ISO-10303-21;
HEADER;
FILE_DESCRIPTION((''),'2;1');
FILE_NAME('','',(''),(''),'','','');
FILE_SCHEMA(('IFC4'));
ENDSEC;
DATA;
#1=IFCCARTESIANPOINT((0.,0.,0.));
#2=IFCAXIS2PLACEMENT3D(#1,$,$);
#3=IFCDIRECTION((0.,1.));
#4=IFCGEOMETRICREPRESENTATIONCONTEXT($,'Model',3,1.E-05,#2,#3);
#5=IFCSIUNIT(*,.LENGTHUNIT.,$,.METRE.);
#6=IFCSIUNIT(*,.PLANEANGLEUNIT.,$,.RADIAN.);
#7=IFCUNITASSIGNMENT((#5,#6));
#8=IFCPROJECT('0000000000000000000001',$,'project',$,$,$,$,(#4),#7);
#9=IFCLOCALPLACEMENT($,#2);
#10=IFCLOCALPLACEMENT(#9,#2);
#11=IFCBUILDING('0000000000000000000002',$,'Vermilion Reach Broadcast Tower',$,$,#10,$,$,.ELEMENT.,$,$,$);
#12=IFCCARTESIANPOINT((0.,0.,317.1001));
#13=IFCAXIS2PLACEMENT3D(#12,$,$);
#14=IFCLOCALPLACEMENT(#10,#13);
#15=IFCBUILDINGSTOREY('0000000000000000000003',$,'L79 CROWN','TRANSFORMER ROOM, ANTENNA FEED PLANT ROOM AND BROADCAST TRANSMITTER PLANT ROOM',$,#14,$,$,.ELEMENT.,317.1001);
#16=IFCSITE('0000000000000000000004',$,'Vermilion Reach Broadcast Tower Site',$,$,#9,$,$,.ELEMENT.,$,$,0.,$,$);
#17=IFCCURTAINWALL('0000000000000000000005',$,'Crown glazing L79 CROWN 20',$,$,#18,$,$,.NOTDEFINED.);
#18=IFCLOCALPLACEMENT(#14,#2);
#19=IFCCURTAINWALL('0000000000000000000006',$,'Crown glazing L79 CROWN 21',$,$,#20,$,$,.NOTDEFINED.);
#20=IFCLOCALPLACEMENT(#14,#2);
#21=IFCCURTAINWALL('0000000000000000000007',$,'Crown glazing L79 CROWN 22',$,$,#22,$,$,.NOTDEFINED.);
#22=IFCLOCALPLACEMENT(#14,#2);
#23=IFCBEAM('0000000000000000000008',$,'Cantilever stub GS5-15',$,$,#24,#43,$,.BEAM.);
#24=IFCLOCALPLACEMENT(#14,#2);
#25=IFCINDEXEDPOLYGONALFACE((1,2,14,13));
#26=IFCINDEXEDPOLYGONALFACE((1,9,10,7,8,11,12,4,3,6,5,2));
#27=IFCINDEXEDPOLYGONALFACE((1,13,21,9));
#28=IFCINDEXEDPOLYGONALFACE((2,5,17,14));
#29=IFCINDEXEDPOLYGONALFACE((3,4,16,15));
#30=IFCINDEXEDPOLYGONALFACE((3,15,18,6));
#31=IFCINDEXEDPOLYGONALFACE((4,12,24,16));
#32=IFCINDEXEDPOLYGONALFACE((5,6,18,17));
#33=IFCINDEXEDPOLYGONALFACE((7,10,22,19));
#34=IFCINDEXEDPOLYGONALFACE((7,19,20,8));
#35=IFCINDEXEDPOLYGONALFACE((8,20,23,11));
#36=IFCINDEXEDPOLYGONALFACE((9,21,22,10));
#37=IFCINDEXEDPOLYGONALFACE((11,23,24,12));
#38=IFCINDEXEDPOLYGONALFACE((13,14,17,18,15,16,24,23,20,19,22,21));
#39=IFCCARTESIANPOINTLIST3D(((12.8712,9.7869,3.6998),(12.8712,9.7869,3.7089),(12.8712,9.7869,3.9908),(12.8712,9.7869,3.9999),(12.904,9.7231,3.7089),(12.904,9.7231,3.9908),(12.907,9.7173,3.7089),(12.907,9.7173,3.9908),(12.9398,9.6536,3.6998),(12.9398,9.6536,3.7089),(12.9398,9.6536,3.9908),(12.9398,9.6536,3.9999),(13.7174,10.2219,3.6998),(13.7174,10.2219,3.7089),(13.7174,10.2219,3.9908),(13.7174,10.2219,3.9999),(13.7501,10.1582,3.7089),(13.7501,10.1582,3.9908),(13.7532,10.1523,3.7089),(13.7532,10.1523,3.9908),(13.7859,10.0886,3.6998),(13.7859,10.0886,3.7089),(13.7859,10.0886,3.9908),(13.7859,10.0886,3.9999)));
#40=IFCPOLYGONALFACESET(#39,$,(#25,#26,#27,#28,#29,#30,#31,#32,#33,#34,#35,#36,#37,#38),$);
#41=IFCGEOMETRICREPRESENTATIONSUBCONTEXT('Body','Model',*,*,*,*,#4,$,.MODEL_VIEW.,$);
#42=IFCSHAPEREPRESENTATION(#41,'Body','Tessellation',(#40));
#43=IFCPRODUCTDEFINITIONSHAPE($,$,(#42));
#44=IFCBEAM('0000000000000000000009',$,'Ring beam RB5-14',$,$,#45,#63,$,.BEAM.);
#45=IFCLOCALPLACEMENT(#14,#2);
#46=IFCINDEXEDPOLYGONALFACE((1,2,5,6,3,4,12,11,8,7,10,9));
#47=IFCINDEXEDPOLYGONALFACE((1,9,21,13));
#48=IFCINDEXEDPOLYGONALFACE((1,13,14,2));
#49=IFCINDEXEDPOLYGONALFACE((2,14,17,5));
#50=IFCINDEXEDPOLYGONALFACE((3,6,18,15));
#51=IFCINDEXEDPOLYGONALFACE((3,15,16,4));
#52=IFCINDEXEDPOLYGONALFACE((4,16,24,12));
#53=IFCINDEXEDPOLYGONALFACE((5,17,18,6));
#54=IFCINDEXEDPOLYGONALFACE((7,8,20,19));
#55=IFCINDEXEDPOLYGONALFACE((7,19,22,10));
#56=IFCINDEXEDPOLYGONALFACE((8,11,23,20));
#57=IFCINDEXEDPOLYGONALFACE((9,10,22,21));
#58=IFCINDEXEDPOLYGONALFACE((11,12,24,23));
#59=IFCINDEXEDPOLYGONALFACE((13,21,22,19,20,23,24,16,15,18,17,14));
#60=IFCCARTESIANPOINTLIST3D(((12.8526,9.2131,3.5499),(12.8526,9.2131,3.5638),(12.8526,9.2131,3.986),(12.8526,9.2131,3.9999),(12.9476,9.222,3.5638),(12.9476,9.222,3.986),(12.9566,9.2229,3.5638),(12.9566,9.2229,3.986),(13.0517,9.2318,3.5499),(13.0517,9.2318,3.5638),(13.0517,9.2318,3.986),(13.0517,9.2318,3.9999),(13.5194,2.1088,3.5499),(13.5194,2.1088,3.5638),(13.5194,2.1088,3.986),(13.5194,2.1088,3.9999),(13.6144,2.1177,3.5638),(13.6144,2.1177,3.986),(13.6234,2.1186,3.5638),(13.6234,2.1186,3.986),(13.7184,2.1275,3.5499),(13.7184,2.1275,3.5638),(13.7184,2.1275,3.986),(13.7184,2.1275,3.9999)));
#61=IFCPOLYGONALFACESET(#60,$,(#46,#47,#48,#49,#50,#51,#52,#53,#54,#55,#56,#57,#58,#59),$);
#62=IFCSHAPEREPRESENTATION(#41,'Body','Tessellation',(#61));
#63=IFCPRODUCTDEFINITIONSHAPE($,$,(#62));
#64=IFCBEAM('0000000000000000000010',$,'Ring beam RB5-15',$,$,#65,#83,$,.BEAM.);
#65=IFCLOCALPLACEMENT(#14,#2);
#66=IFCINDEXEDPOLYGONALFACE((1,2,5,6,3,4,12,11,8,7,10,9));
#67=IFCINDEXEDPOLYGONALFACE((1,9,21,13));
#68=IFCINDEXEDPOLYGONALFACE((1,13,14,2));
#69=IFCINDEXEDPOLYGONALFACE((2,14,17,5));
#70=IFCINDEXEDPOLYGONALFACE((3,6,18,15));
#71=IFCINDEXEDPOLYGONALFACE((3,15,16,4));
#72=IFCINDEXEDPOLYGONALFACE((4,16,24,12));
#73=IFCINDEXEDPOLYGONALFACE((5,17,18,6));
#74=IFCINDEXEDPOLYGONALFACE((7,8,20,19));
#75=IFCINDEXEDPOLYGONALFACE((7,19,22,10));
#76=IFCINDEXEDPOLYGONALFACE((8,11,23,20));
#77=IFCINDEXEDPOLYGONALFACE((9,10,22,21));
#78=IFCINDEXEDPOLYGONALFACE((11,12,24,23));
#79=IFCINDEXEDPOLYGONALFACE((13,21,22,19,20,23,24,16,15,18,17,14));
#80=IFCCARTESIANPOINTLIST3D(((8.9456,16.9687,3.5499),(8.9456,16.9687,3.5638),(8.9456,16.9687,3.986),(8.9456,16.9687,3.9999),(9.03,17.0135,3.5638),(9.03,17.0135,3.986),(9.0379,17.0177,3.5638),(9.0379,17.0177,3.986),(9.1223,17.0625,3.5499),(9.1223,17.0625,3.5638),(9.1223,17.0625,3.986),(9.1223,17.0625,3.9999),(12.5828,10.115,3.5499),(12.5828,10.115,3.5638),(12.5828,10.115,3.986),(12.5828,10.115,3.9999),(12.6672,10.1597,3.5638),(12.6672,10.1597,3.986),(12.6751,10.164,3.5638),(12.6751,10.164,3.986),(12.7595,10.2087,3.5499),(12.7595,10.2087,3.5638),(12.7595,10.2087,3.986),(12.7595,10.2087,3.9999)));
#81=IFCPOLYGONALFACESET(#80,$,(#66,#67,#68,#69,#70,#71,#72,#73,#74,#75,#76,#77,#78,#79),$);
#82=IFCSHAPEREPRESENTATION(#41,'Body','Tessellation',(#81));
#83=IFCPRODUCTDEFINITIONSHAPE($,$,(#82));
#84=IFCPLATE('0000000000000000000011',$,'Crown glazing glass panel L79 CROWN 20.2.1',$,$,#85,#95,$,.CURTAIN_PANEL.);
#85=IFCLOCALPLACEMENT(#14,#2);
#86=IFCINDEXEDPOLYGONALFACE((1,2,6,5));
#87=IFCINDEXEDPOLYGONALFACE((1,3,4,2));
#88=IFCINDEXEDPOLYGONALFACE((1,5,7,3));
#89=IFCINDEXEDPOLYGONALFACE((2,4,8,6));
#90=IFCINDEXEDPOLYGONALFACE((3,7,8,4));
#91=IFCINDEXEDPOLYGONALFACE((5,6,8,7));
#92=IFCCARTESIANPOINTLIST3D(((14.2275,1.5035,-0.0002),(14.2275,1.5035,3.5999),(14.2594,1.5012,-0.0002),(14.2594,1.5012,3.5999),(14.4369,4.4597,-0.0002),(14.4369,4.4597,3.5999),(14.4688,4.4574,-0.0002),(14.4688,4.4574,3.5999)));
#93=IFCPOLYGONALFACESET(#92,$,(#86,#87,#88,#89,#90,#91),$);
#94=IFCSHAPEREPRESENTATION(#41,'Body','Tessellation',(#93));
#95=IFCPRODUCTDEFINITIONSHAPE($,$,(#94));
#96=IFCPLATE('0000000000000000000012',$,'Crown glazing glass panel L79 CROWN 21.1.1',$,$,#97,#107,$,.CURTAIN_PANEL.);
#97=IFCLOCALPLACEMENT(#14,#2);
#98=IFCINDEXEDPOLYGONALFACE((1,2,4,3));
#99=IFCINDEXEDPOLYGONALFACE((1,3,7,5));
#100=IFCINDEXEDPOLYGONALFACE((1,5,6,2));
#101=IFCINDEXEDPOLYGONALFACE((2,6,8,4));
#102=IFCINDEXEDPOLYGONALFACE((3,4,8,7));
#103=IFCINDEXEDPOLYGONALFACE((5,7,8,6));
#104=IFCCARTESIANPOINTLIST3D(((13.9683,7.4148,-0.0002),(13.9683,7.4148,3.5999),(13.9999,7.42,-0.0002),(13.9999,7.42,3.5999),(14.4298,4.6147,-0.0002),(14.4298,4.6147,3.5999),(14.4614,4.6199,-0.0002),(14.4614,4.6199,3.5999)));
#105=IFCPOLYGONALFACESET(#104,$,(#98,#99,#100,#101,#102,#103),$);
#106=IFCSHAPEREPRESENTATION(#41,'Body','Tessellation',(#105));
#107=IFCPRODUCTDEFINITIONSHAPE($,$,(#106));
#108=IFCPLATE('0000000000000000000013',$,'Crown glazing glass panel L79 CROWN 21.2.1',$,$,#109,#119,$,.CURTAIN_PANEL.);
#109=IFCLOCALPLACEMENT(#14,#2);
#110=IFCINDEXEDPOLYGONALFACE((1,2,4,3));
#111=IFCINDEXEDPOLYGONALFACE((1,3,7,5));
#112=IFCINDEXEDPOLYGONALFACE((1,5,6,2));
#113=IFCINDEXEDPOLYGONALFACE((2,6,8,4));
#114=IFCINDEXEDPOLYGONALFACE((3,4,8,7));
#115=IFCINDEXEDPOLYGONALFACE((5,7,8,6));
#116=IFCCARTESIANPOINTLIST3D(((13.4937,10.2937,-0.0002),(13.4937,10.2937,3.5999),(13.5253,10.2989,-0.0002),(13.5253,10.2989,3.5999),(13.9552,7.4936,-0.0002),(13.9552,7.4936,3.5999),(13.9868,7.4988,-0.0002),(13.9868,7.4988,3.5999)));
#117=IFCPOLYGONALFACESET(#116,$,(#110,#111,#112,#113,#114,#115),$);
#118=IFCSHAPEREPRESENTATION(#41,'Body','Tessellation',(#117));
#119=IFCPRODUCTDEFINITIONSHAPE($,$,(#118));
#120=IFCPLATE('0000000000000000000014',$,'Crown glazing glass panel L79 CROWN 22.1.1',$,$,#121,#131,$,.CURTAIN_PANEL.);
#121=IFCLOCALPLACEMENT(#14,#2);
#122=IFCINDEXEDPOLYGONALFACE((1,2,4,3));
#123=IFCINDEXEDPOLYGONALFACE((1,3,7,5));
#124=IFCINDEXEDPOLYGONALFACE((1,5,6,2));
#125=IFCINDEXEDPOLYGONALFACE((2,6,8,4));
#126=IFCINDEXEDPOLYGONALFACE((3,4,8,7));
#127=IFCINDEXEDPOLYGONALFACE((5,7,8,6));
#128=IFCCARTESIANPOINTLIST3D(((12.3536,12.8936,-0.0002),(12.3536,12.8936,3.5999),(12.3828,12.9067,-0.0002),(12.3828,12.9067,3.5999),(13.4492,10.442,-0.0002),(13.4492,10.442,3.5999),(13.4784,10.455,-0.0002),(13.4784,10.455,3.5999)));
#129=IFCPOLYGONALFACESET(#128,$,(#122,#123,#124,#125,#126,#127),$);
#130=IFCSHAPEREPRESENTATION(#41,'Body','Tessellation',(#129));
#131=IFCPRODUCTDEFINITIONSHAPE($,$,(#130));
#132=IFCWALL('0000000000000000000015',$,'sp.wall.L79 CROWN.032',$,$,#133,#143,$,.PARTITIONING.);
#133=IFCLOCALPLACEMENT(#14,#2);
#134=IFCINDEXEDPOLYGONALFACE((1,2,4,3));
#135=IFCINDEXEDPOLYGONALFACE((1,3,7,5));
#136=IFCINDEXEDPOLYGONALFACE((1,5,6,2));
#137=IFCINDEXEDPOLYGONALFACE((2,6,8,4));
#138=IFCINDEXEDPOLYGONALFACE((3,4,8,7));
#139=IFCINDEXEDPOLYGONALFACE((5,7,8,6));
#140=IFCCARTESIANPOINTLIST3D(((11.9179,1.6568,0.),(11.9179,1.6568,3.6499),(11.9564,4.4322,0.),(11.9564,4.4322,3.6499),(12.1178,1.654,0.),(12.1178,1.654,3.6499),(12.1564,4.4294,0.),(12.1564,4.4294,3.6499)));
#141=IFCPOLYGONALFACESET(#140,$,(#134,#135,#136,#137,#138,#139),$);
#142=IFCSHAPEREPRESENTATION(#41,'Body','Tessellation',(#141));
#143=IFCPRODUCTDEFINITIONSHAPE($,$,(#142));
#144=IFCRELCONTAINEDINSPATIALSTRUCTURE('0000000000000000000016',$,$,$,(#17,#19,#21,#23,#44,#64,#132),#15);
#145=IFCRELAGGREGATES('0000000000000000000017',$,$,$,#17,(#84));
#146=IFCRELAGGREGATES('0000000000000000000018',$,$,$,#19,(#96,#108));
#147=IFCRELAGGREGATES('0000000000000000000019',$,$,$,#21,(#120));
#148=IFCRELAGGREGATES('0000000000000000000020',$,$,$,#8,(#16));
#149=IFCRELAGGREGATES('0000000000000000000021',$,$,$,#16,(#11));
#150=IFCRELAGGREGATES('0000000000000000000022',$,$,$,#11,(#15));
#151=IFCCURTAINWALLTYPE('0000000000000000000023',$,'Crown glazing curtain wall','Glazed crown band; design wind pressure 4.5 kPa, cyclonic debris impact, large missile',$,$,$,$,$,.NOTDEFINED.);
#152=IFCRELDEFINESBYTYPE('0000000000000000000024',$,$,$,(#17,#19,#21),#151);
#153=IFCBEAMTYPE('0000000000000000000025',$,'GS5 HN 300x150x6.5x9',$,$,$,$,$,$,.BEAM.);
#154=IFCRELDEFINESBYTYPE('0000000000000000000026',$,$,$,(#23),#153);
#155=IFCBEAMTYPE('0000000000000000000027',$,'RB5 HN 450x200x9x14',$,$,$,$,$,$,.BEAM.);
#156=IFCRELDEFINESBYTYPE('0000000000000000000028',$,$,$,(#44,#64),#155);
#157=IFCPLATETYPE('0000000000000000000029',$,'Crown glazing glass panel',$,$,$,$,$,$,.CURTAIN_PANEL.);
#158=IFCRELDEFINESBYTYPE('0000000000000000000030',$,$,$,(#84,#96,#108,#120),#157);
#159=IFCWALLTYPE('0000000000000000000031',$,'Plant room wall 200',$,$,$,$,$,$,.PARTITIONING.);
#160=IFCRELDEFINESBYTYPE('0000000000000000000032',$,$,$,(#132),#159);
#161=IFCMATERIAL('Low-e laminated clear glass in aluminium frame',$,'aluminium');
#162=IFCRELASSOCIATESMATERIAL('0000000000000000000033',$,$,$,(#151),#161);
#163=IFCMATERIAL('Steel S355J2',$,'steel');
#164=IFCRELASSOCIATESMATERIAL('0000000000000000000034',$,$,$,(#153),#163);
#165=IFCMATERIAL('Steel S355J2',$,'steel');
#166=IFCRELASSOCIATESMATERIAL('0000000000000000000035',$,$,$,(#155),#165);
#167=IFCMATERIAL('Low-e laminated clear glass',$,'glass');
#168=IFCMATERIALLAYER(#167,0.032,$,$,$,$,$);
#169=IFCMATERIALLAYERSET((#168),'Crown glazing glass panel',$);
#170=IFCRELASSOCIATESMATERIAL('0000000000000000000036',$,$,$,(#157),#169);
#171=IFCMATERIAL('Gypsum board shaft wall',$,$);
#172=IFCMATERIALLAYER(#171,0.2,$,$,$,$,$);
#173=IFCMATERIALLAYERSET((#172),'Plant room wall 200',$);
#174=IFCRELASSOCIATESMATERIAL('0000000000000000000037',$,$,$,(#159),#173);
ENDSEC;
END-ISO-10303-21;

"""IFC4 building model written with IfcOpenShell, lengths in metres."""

from ifc_helpers import new_model, si_unit, direction, frame, frame_2d, origin, origin_2d, place, context, subcontext, project, spatial, rectangle, i_section, extrude, material, layer, layer_set, material_profile, profile_set, type_object, element, aggregate, save


model = new_model("IFC4")

# Units and contexts
model_context = context("Model", 3, precision=1e-05, world=origin(), true_north=direction((0.0, 1.0)))
body_context = subcontext(model_context, "Body", "Model", "MODEL_VIEW")
ifc_project = project(units=[si_unit("LENGTHUNIT", "METRE"), si_unit("PLANEANGLEUNIT", "RADIAN")], contexts=[model_context])

# Site, building, storey
site_placement = place(None, origin())
site = spatial("IfcSite", under=ifc_project, at=site_placement, Name="Vermilion Reach Broadcast Tower Site", CompositionType="ELEMENT", RefElevation=0.0)
building_placement = place(site_placement, origin())
building = spatial("IfcBuilding", under=site, at=building_placement, Name="Vermilion Reach Broadcast Tower", CompositionType="ELEMENT")
storey_placement = place(building_placement, frame((0.0, 0.0, 317.1001)))
storey = spatial("IfcBuildingStorey", under=building, at=storey_placement, Name="L79 CROWN", Description="TRANSFORMER ROOM, ANTENNA FEED PLANT ROOM AND BROADCAST TRANSMITTER PLANT ROOM", CompositionType="ELEMENT", Elevation=317.1001)

# Curtain walls
ifc_material_1 = material(Name="Low-e laminated clear glass in aluminium frame", Category="aluminium")
curtain_wall_type = type_object("IfcCurtainWallType", Name="Crown glazing curtain wall", Description="Glazed crown band; design wind pressure 4.5 kPa, cyclonic debris impact, large missile", PredefinedType="NOTDEFINED", material=ifc_material_1)
placement = place(storey_placement, origin())
curtain_wall_1 = element("IfcCurtainWall", 1, at=placement, inside=storey, type_object=curtain_wall_type, Name="Crown glazing L79 CROWN 20", PredefinedType="NOTDEFINED")
curtain_wall_2 = element("IfcCurtainWall", 2, at=placement, inside=storey, type_object=curtain_wall_type, Name="Crown glazing L79 CROWN 21", PredefinedType="NOTDEFINED")

# Curtain wall
curtain_wall_3 = element("IfcCurtainWall", 3, at=placement, inside=storey, type_object=curtain_wall_type, Name="Crown glazing L79 CROWN 22", PredefinedType="NOTDEFINED")

# Beams
ifc_material_2 = material(Name="Steel S355J2", Category="steel")
ifc_material_profile_1 = material_profile(ifc_material_2, i_section(OverallWidth=0.1499, OverallDepth=0.3, WebThickness=0.0066, FlangeThickness=0.009, at=origin_2d()), Name="S355J2 HN 300x150x6.5x9")
ifc_profile_set_1 = profile_set([ifc_material_profile_1], Name="Steel S355J2")
beam_type_1 = type_object("IfcBeamType", Name="GS5 HN 300x150x6.5x9", PredefinedType="BEAM", material=ifc_profile_set_1)
beam_1_placement = place(storey_placement, frame((12.9055, 9.7202, 3.8499), z_axis=(0.889341, 0.457244, 0.0), x_axis=(-0.457244, 0.889341, 0.0)))
element("IfcBeam", 4, at=beam_1_placement, inside=storey, type_object=beam_type_1, Name="Cantilever stub GS5-15", PredefinedType="BEAM", context=body_context, shape_type="SweptSolid", body=[
    extrude(i_section(OverallWidth=0.1499, OverallDepth=0.3, WebThickness=0.0066, FlangeThickness=0.009, at=origin_2d()), origin(), (0.0, 0.0, 1.0), 0.9514),
])
ifc_material_3 = material(Name="Steel S355J2", Category="steel")
ifc_material_profile_2 = material_profile(ifc_material_3, i_section(OverallWidth=0.2, OverallDepth=0.45, WebThickness=0.009, FlangeThickness=0.0139, at=origin_2d()), Name="S355J2 HN 450x200x9x14")
ifc_profile_set_2 = profile_set([ifc_material_profile_2], Name="Steel S355J2")
beam_type_2 = type_object("IfcBeamType", Name="RB5 HN 450x200x9x14", PredefinedType="BEAM", material=ifc_profile_set_2)
beam_2_placement = place(storey_placement, frame((13.6189, 2.1182, 3.7749), z_axis=(-0.093441, 0.995625, 0.0), x_axis=(-0.995625, -0.093441, 0.0)))
element("IfcBeam", 5, at=beam_2_placement, inside=storey, type_object=beam_type_2, Name="Ring beam RB5-14", PredefinedType="BEAM", context=body_context, shape_type="SweptSolid", body=[
    extrude(i_section(OverallWidth=0.2, OverallDepth=0.45, WebThickness=0.009, FlangeThickness=0.0139, at=origin_2d()), origin(), (0.0, 0.0, 1.0), 7.1355),
])
beam_3_placement = place(storey_placement, frame((12.6711, 10.1619, 3.7749), z_axis=(-0.468768, 0.883321, 0.0), x_axis=(-0.883321, -0.468768, 0.0)))
element("IfcBeam", 6, at=beam_3_placement, inside=storey, type_object=beam_type_2, Name="Ring beam RB5-15", PredefinedType="BEAM", context=body_context, shape_type="SweptSolid", body=[
    extrude(i_section(OverallWidth=0.2, OverallDepth=0.45, WebThickness=0.009, FlangeThickness=0.0139, at=origin_2d()), origin(), (0.0, 0.0, 1.0), 7.759),
])

# Plates
ifc_material_4 = material(Name="Low-e laminated clear glass", Category="glass")
ifc_layer_1 = layer(ifc_material_4, 0.032)
ifc_layer_set_1 = layer_set([ifc_layer_1], Name="Crown glazing glass panel")
plate_type = type_object("IfcPlateType", Name="Crown glazing glass panel", PredefinedType="CURTAIN_PANEL", material=ifc_layer_set_1)
plate_1_placement = place(storey_placement, frame((14.3481, 2.9805, -0.0002), z_axis=(0.0, 0.0, 1.0), x_axis=(0.070673, 0.9975, 0.0)))
plate_1 = element("IfcPlate", 7, at=plate_1_placement, type_object=plate_type, Name="Crown glazing glass panel L79 CROWN 20.2.1", PredefinedType="CURTAIN_PANEL", context=body_context, shape_type="SweptSolid", body=[
    extrude(rectangle(XDim=2.9636, YDim=0.032, at=origin_2d()), origin(), (0.0, 0.0, 1.0), 3.6001),
])
aggregate(curtain_wall_1, [plate_1])
plate_2_placement = place(storey_placement, frame((14.2148, 6.0173, -0.0002), z_axis=(0.0, 0.0, 1.0), x_axis=(-0.162618, 0.986689, 0.0)))
plate_2 = element("IfcPlate", 8, at=plate_2_placement, type_object=plate_type, Name="Crown glazing glass panel L79 CROWN 21.1.1", PredefinedType="CURTAIN_PANEL", context=body_context, shape_type="SweptSolid", body=[
    extrude(rectangle(XDim=2.8379, YDim=0.032, at=origin_2d()), origin(), (0.0, 0.0, 1.0), 3.6001),
])
plate_3_placement = place(storey_placement, frame((13.7402, 8.8962, -0.0002), z_axis=(0.0, 0.0, 1.0), x_axis=(-0.162618, 0.986689, 0.0)))
plate_3 = element("IfcPlate", 9, at=plate_3_placement, type_object=plate_type, Name="Crown glazing glass panel L79 CROWN 21.2.1", PredefinedType="CURTAIN_PANEL", context=body_context, shape_type="SweptSolid", body=[
    extrude(rectangle(XDim=2.8379, YDim=0.032, at=origin_2d()), origin(), (0.0, 0.0, 1.0), 3.6001),
])
aggregate(curtain_wall_2, [plate_2, plate_3])
plate_4_placement = place(storey_placement, frame((12.916, 11.6743, -0.0002), z_axis=(0.0, 0.0, 1.0), x_axis=(-0.407985, 0.912989, 0.0)))
plate_4 = element("IfcPlate", 10, at=plate_4_placement, type_object=plate_type, Name="Crown glazing glass panel L79 CROWN 22.1.1", PredefinedType="CURTAIN_PANEL", context=body_context, shape_type="SweptSolid", body=[
    extrude(rectangle(XDim=2.6853, YDim=0.032, at=origin_2d()), origin(), (0.0, 0.0, 1.0), 3.6001),
])
aggregate(curtain_wall_3, [plate_4])

# Wall
ifc_material_5 = material(Name="Gypsum board shaft wall")
ifc_layer_2 = layer(ifc_material_5, 0.2)
ifc_layer_set_2 = layer_set([ifc_layer_2], Name="Plant room wall 200")
wall_type = type_object("IfcWallType", Name="Plant room wall 200", PredefinedType="PARTITIONING", material=ifc_layer_set_2)
wall_1_placement = place(storey_placement, frame((12.0178, 1.6555, 0.0), z_axis=(0.0, 0.0, 1.0), x_axis=(0.013897, 0.999903, 0.0)))
element("IfcWall", 11, at=wall_1_placement, inside=storey, type_object=wall_type, Name="sp.wall.L79 CROWN.032", PredefinedType="PARTITIONING", context=body_context, shape_type="SweptSolid", body=[
    extrude(rectangle(XDim=2.7756, YDim=0.2, at=frame_2d((1.3877, 0.0))), origin(), (0.0, 0.0, 1.0), 3.6499),
])

save(model, "model.ifc")
